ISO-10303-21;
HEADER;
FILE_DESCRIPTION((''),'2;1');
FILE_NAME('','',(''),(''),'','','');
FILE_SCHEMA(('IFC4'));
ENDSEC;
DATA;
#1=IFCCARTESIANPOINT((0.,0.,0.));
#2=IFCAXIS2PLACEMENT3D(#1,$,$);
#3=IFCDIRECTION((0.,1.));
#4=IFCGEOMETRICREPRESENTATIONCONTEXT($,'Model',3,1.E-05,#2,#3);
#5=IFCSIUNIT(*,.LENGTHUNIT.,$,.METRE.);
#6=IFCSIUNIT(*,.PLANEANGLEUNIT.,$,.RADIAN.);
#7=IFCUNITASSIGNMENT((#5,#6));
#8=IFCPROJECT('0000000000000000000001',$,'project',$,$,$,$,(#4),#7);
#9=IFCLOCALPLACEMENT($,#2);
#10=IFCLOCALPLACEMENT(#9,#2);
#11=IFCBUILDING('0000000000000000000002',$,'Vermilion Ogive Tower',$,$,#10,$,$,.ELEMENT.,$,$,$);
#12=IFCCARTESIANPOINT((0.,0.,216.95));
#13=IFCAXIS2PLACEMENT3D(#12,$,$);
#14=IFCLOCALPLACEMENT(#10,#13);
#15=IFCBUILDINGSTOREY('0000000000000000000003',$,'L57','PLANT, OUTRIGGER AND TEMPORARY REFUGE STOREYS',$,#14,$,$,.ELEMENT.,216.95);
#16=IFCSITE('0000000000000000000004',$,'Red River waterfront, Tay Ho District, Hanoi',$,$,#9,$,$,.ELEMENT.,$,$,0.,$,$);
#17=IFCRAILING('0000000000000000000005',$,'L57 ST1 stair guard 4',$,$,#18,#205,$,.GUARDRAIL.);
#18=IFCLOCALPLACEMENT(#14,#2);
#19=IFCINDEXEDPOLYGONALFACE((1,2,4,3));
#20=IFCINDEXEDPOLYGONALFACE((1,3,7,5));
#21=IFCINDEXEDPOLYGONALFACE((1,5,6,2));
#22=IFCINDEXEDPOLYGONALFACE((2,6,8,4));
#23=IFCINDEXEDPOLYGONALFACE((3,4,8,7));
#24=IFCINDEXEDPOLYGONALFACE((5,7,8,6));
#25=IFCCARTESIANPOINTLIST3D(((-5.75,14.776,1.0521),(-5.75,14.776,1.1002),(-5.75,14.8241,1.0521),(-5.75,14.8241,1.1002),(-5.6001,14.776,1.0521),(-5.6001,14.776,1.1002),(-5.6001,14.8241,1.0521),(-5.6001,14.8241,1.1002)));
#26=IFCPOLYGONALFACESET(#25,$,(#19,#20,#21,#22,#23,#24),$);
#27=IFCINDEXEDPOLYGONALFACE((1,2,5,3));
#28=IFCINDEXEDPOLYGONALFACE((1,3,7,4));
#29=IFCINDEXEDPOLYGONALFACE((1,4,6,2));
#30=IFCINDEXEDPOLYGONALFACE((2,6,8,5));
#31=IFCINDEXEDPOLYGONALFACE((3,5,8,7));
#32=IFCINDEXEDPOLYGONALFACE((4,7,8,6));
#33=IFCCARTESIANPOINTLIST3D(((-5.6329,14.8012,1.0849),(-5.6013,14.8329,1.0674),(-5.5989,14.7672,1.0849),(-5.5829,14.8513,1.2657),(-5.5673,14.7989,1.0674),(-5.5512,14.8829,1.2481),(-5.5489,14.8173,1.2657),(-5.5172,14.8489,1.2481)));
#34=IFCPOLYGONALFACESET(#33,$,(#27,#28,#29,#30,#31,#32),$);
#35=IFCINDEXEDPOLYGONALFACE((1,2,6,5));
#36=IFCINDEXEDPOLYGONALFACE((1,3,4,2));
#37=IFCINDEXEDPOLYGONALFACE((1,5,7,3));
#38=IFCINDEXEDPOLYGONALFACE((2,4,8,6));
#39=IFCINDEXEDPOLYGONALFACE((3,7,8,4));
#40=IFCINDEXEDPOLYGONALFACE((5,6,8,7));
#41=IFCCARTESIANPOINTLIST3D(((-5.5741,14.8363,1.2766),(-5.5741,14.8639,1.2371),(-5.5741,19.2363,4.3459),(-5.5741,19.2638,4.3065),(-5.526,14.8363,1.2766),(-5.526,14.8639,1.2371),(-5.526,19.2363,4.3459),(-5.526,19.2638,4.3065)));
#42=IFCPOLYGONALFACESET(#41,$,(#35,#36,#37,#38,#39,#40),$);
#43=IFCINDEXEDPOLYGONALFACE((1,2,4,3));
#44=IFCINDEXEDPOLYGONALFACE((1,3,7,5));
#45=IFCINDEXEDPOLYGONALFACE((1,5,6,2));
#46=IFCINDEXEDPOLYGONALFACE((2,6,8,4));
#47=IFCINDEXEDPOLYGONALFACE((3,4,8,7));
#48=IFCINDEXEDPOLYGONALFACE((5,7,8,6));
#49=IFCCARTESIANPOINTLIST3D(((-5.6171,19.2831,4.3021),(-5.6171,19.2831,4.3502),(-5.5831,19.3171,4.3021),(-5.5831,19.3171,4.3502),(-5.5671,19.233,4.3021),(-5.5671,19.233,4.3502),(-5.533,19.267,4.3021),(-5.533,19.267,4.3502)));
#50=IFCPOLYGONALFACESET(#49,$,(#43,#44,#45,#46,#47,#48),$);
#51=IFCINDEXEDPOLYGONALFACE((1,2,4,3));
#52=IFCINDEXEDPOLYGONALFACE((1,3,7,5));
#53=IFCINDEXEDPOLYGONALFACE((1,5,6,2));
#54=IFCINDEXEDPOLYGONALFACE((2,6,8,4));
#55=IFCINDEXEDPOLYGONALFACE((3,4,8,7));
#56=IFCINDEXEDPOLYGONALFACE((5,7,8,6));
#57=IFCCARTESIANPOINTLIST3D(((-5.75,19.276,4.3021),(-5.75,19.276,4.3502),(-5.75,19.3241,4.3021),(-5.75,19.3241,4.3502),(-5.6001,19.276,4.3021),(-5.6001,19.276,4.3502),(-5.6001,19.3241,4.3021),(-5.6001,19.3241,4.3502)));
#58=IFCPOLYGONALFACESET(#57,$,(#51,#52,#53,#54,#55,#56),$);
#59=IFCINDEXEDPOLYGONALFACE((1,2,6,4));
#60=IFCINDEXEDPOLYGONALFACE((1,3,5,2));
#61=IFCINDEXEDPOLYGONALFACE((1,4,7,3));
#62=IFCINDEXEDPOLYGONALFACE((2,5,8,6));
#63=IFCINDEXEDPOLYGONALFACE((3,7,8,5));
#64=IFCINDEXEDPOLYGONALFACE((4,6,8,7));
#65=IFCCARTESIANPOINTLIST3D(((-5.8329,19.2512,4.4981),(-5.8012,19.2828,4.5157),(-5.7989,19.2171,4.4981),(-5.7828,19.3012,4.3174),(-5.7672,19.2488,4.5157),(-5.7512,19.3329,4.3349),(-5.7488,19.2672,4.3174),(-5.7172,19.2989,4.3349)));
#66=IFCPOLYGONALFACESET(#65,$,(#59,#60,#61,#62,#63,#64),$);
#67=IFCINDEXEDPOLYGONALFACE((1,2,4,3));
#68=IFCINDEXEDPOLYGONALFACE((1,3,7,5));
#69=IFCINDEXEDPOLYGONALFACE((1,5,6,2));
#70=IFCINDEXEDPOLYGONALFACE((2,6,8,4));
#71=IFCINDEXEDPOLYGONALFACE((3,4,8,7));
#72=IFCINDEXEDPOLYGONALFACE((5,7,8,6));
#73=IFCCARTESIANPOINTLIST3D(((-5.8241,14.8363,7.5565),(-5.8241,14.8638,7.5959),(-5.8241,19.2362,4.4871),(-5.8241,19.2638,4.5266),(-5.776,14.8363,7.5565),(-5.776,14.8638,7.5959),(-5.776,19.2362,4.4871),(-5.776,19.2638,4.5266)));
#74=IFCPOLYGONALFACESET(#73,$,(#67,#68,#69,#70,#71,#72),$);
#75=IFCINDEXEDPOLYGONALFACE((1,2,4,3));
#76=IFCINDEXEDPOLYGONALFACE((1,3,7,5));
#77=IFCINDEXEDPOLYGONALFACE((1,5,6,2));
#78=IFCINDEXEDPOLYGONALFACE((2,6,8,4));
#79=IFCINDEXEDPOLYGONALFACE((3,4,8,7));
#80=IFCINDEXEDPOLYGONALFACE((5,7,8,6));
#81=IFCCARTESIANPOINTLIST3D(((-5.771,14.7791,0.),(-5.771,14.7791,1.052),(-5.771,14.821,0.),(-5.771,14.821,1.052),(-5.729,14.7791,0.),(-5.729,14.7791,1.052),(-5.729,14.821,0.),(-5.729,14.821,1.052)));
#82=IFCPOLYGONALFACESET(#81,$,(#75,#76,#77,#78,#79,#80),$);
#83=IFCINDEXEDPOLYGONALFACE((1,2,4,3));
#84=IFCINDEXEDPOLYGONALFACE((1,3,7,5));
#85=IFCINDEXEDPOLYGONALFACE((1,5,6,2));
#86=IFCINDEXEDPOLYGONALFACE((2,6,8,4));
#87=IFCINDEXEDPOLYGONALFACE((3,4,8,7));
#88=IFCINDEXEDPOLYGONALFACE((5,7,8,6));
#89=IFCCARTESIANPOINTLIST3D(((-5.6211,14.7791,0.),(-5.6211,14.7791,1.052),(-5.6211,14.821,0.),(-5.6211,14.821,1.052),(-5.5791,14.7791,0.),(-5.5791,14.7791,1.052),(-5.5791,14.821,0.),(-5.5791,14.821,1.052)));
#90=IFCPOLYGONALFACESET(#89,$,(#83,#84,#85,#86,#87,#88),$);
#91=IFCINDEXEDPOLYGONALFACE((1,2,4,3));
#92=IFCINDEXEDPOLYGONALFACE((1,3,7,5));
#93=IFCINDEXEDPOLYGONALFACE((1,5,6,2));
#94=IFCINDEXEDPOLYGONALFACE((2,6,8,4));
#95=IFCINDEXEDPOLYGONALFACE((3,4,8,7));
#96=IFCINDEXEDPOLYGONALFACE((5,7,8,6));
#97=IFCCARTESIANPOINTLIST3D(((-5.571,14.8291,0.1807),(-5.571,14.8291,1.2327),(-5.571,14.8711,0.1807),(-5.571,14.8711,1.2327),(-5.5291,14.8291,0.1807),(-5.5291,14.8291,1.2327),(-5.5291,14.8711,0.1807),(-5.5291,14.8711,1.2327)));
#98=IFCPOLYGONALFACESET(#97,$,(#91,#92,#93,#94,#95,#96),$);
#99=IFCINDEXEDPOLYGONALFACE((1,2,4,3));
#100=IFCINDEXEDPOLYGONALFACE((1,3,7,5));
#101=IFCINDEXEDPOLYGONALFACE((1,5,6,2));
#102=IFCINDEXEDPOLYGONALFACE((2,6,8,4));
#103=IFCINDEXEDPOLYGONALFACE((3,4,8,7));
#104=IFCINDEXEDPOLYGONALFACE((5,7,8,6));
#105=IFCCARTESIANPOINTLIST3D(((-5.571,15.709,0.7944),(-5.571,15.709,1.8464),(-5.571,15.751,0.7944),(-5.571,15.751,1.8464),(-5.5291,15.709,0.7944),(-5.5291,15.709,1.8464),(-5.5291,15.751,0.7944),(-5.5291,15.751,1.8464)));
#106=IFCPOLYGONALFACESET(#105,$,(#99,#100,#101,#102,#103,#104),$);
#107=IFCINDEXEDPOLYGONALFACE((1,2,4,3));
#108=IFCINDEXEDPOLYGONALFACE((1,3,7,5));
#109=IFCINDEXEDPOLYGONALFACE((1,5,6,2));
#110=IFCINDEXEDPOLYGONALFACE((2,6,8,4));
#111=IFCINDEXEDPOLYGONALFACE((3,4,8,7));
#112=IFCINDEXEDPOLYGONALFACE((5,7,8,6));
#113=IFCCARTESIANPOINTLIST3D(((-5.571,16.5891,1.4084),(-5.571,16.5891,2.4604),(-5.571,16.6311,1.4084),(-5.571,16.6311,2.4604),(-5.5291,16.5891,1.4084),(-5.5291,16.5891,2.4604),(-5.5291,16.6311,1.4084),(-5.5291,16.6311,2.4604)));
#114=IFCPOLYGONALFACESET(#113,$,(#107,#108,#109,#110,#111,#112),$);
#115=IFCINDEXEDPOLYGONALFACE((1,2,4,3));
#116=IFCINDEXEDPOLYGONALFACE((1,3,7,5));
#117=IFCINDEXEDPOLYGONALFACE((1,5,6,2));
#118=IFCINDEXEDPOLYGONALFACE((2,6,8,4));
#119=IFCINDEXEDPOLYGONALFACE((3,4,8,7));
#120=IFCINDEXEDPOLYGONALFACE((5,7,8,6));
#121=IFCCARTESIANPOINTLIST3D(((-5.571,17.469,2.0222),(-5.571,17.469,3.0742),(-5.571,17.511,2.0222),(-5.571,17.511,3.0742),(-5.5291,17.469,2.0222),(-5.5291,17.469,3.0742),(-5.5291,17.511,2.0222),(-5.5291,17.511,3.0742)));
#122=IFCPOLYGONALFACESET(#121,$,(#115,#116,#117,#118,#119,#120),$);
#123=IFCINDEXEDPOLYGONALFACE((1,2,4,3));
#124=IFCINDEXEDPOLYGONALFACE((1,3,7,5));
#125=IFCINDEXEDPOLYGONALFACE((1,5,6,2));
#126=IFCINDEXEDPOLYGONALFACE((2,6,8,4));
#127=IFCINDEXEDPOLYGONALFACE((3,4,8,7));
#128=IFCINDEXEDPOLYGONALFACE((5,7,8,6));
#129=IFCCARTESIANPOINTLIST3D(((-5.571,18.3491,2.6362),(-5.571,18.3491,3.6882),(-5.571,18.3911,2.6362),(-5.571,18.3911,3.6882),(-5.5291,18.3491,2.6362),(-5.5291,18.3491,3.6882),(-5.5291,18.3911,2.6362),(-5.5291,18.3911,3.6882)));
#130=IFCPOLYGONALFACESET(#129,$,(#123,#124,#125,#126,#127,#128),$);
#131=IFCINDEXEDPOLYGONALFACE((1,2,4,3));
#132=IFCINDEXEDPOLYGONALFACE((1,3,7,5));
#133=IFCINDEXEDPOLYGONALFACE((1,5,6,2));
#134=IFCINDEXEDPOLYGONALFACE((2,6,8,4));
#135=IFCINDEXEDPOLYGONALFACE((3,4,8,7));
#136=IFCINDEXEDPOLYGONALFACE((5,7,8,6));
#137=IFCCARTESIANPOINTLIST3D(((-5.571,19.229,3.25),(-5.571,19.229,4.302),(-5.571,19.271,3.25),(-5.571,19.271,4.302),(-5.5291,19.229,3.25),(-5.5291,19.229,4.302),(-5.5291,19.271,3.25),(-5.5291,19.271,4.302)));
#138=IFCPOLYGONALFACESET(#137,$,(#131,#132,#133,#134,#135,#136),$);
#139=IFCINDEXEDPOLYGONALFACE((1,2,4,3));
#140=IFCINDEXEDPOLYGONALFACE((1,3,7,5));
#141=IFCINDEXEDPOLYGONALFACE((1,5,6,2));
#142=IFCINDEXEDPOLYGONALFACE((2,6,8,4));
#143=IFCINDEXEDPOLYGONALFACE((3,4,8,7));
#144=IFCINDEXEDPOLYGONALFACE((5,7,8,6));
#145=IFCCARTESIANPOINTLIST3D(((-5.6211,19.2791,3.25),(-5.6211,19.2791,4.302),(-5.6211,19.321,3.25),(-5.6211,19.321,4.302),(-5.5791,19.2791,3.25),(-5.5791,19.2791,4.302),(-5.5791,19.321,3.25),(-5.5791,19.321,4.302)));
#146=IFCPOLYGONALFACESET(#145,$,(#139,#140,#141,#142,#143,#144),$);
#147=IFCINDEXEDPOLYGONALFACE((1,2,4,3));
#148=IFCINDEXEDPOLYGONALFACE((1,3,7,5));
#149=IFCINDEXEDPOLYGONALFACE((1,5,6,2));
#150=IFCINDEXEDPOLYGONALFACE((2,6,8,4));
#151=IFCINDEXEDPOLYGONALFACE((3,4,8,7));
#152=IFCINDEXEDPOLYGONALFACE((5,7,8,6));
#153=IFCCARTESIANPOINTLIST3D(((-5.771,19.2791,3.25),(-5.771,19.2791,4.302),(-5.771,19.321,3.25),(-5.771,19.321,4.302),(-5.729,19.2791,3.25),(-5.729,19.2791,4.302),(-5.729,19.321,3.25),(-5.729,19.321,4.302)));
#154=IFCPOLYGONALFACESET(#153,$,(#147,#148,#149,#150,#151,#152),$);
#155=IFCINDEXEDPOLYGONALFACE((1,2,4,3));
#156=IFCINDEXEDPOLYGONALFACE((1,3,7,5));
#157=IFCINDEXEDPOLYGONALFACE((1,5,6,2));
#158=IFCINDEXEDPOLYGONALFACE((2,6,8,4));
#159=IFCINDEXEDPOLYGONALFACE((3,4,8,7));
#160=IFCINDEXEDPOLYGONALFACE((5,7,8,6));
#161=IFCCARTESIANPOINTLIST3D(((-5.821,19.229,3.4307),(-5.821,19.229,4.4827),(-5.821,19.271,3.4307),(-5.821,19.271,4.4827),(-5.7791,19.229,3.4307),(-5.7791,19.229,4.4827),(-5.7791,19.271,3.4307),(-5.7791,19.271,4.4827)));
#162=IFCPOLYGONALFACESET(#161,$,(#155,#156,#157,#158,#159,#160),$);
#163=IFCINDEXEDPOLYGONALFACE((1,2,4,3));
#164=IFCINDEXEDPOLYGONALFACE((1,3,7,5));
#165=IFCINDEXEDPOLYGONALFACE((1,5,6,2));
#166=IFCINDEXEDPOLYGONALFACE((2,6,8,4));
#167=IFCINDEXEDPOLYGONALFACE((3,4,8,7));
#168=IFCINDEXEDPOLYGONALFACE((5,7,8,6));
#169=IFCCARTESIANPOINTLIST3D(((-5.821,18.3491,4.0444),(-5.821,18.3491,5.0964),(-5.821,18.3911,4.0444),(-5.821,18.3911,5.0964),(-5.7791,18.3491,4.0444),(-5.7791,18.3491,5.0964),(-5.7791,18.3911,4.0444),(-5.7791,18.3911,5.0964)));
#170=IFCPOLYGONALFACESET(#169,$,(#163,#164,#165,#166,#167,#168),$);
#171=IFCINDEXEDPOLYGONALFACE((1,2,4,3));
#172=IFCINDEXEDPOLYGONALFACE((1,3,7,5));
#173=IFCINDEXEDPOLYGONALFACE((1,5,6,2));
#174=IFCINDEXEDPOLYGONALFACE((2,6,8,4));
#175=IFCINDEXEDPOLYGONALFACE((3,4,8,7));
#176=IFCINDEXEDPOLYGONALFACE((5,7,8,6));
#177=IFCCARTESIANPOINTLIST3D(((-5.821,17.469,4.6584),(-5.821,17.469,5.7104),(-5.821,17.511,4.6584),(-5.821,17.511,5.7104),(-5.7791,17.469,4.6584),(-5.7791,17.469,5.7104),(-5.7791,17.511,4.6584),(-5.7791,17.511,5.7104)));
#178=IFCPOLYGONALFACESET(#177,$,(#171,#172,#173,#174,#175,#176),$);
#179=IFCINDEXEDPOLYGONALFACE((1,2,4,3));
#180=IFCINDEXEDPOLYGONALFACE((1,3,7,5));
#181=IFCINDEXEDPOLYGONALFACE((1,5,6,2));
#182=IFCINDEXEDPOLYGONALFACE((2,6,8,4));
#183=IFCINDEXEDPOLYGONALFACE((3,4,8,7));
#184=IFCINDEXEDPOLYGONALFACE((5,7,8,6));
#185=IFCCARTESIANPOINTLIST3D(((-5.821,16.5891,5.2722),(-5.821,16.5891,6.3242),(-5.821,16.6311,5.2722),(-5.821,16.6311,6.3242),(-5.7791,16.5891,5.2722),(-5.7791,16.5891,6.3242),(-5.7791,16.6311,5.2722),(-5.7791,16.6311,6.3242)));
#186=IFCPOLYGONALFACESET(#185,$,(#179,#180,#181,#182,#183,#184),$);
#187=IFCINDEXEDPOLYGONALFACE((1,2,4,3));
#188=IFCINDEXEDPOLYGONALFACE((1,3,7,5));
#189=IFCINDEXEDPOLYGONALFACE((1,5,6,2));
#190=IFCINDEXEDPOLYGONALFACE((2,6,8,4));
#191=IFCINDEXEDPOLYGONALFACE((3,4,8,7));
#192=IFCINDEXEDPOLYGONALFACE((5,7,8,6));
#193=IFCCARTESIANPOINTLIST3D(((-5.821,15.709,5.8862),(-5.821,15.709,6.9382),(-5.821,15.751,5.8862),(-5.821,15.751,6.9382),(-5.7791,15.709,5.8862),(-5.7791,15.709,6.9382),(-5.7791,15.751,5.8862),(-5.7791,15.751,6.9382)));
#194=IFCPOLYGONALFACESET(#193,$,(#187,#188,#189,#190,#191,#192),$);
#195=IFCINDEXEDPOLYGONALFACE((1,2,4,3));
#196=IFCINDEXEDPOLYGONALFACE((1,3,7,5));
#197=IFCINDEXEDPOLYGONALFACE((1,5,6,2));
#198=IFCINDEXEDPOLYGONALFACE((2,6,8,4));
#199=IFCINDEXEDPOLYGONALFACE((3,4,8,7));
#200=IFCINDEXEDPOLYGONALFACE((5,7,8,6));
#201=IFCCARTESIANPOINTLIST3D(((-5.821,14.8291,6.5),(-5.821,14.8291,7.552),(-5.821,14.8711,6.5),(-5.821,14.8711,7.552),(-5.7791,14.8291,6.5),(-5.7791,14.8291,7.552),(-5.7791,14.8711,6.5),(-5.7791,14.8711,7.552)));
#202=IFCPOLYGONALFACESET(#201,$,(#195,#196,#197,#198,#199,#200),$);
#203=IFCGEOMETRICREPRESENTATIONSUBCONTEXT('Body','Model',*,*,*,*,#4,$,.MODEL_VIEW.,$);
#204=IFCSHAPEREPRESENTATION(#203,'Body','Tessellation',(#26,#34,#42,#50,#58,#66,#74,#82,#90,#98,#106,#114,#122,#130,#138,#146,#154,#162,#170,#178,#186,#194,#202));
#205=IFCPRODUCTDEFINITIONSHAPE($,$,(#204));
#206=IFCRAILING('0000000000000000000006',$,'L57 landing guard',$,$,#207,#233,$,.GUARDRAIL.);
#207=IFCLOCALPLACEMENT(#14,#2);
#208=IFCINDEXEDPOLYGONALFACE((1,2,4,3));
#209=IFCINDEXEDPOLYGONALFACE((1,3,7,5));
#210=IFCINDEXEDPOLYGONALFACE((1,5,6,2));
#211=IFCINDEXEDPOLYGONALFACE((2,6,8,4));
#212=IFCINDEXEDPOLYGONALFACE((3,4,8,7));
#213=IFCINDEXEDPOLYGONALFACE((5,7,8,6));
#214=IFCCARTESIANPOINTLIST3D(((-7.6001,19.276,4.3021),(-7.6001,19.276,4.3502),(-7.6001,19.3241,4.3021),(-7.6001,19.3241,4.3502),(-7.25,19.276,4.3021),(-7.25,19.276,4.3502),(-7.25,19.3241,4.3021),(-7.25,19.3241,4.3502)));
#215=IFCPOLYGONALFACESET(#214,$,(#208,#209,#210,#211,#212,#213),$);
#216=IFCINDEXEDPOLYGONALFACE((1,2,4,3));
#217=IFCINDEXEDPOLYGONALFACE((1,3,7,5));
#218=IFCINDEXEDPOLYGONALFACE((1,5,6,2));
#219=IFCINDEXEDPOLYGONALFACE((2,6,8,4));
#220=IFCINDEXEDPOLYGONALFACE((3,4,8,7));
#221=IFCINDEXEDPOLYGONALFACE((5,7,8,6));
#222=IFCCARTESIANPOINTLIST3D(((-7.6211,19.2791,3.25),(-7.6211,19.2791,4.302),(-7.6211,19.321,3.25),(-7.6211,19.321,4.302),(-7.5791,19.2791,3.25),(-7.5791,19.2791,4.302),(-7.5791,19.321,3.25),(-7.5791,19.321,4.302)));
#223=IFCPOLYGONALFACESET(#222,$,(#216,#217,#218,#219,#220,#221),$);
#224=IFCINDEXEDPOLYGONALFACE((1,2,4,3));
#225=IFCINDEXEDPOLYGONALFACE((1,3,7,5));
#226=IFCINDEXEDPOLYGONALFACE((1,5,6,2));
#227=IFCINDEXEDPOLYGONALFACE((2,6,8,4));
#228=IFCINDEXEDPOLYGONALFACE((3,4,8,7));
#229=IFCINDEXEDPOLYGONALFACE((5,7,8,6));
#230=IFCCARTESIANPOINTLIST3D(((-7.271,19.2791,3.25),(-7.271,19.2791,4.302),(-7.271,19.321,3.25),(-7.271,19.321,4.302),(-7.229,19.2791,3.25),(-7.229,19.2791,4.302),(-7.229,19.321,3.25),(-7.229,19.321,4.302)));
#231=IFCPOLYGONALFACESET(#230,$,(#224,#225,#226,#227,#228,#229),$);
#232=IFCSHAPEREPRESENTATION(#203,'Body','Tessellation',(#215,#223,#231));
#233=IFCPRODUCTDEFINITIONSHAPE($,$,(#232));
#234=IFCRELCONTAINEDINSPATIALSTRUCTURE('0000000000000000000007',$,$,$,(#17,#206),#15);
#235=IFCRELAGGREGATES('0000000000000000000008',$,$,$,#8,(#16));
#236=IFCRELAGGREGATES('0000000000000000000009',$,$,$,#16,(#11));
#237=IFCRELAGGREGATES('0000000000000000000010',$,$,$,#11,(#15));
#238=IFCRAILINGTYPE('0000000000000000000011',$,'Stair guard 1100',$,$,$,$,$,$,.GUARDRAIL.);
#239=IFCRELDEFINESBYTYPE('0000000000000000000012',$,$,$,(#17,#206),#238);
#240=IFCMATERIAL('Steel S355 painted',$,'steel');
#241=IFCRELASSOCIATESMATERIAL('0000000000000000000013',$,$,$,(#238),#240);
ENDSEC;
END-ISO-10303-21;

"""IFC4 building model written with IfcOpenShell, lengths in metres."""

from ifc_helpers import new_model, si_unit, direction, frame, origin, origin_2d, place, context, subcontext, project, spatial, rectangle, extrude, material, type_object, element, save


model = new_model("IFC4")

# Units and contexts
model_context = context("Model", 3, precision=1e-05, world=origin(), true_north=direction((0.0, 1.0)))
body_context = subcontext(model_context, "Body", "Model", "MODEL_VIEW")
ifc_project = project(units=[si_unit("LENGTHUNIT", "METRE"), si_unit("PLANEANGLEUNIT", "RADIAN")], contexts=[model_context])

# Site, building, storey
site_placement = place(None, origin())
site = spatial("IfcSite", under=ifc_project, at=site_placement, Name="Red River waterfront, Tay Ho District, Hanoi", CompositionType="ELEMENT", RefElevation=0.0)
building_placement = place(site_placement, origin())
building = spatial("IfcBuilding", under=site, at=building_placement, Name="Vermilion Ogive Tower", CompositionType="ELEMENT")
storey_placement = place(building_placement, frame((0.0, 0.0, 216.95)))
storey = spatial("IfcBuildingStorey", under=building, at=storey_placement, Name="L57", Description="PLANT, OUTRIGGER AND TEMPORARY REFUGE STOREYS", CompositionType="ELEMENT", Elevation=216.95)

# Railings
ifc_material_1 = material(Name="Steel S355 painted", Category="steel")
railing_type_1 = type_object("IfcRailingType", Name="Stair guard 1100", PredefinedType="GUARDRAIL", material=ifc_material_1)
railing_1_placement = place(storey_placement, frame((-5.75, 14.8, 0.0)))
element("IfcRailing", 1, at=railing_1_placement, inside=storey, type_object=railing_type_1, Name="L57 ST1 stair guard 4", PredefinedType="GUARDRAIL", context=body_context, shape_type="SweptSolid", body=[
    extrude(rectangle(XDim=0.0481, YDim=0.0481, at=origin_2d()), frame((0.0, 0.0, 1.0762), z_axis=(1.0, 0.0, 0.0), x_axis=(0.0, 1.0, 0.0)), (0.0, 0.0, 1.0), 0.1499),
    extrude(rectangle(XDim=0.0481, YDim=0.0481, at=origin_2d()), frame((0.1499, 0.0, 1.0762), z_axis=(0.257938, 0.257938, 0.931094), x_axis=(-0.707107, 0.707107, 0.0)), (0.0, 0.0, 1.0), 0.1941),
    extrude(rectangle(XDim=0.0481, YDim=0.0481, at=origin_2d()), frame((0.2, 0.05, 1.2568), z_axis=(0.0, 0.820159, 0.572136), x_axis=(-1.0, 0.0, 0.0)), (0.0, 0.0, 1.0), 5.3647),
    extrude(rectangle(XDim=0.0481, YDim=0.0481, at=origin_2d()), frame((0.2, 4.45, 4.3262), z_axis=(-0.707107, 0.707107, 0.0), x_axis=(-0.707107, -0.707107, 0.0)), (0.0, 0.0, 1.0), 0.0708),
    extrude(rectangle(XDim=0.0481, YDim=0.0481, at=origin_2d()), frame((0.1499, 4.5, 4.3262), z_axis=(-1.0, 0.0, 0.0), x_axis=(0.0, -1.0, 0.0)), (0.0, 0.0, 1.0), 0.1499),
    extrude(rectangle(XDim=0.0481, YDim=0.0481, at=origin_2d()), frame((0.0, 4.5, 4.3262), z_axis=(-0.257938, -0.257938, 0.931094), x_axis=(0.707107, -0.707107, 0.0)), (0.0, 0.0, 1.0), 0.1941),
    extrude(rectangle(XDim=0.0481, YDim=0.0481, at=origin_2d()), frame((-0.05, 4.45, 4.5068), z_axis=(0.0, -0.820159, 0.572136), x_axis=(1.0, 0.0, 0.0)), (0.0, 0.0, 1.0), 5.3647),
    extrude(rectangle(XDim=0.042, YDim=0.042, at=origin_2d()), origin(), (0.0, 0.0, 1.0), 1.052),
    extrude(rectangle(XDim=0.042, YDim=0.042, at=origin_2d()), frame((0.1499, 0.0, 0.0)), (0.0, 0.0, 1.0), 1.052),
    extrude(rectangle(XDim=0.042, YDim=0.042, at=origin_2d()), frame((0.2, 0.05, 0.1807)), (0.0, 0.0, 1.0), 1.052),
    extrude(rectangle(XDim=0.042, YDim=0.042, at=origin_2d()), frame((0.2, 0.9299, 0.7944)), (0.0, 0.0, 1.0), 1.052),
    extrude(rectangle(XDim=0.042, YDim=0.042, at=origin_2d()), frame((0.2, 1.8101, 1.4084)), (0.0, 0.0, 1.0), 1.052),
    extrude(rectangle(XDim=0.042, YDim=0.042, at=origin_2d()), frame((0.2, 2.6899, 2.0222)), (0.0, 0.0, 1.0), 1.052),
    extrude(rectangle(XDim=0.042, YDim=0.042, at=origin_2d()), frame((0.2, 3.5701, 2.6362)), (0.0, 0.0, 1.0), 1.052),
    extrude(rectangle(XDim=0.042, YDim=0.042, at=origin_2d()), frame((0.2, 4.45, 3.25)), (0.0, 0.0, 1.0), 1.052),
    extrude(rectangle(XDim=0.042, YDim=0.042, at=origin_2d()), frame((0.1499, 4.5, 3.25)), (0.0, 0.0, 1.0), 1.052),
    extrude(rectangle(XDim=0.042, YDim=0.042, at=origin_2d()), frame((0.0, 4.5, 3.25)), (0.0, 0.0, 1.0), 1.052),
    extrude(rectangle(XDim=0.042, YDim=0.042, at=origin_2d()), frame((-0.05, 4.45, 3.4307)), (0.0, 0.0, 1.0), 1.052),
    extrude(rectangle(XDim=0.042, YDim=0.042, at=origin_2d()), frame((-0.05, 3.5701, 4.0444)), (0.0, 0.0, 1.0), 1.052),
    extrude(rectangle(XDim=0.042, YDim=0.042, at=origin_2d()), frame((-0.05, 2.6899, 4.6584)), (0.0, 0.0, 1.0), 1.052),
    extrude(rectangle(XDim=0.042, YDim=0.042, at=origin_2d()), frame((-0.05, 1.8101, 5.2722)), (0.0, 0.0, 1.0), 1.052),
    extrude(rectangle(XDim=0.042, YDim=0.042, at=origin_2d()), frame((-0.05, 0.9299, 5.8862)), (0.0, 0.0, 1.0), 1.052),
    extrude(rectangle(XDim=0.042, YDim=0.042, at=origin_2d()), frame((-0.05, 0.05, 6.5)), (0.0, 0.0, 1.0), 1.052),
])
railing_2_placement = place(storey_placement, frame((-7.6001, 19.3, 3.25)))
element("IfcRailing", 2, at=railing_2_placement, inside=storey, type_object=railing_type_1, Name="L57 landing guard", PredefinedType="GUARDRAIL", context=body_context, shape_type="SweptSolid", body=[
    extrude(rectangle(XDim=0.0481, YDim=0.0481, at=origin_2d()), frame((0.0, 0.0, 1.0762), z_axis=(1.0, 0.0, 0.0), x_axis=(0.0, 1.0, 0.0)), (0.0, 0.0, 1.0), 0.3501),
    extrude(rectangle(XDim=0.042, YDim=0.042, at=origin_2d()), origin(), (0.0, 0.0, 1.0), 1.052),
    extrude(rectangle(XDim=0.042, YDim=0.042, at=origin_2d()), frame((0.3501, 0.0, 0.0)), (0.0, 0.0, 1.0), 1.052),
])

save(model, "model.ifc")
